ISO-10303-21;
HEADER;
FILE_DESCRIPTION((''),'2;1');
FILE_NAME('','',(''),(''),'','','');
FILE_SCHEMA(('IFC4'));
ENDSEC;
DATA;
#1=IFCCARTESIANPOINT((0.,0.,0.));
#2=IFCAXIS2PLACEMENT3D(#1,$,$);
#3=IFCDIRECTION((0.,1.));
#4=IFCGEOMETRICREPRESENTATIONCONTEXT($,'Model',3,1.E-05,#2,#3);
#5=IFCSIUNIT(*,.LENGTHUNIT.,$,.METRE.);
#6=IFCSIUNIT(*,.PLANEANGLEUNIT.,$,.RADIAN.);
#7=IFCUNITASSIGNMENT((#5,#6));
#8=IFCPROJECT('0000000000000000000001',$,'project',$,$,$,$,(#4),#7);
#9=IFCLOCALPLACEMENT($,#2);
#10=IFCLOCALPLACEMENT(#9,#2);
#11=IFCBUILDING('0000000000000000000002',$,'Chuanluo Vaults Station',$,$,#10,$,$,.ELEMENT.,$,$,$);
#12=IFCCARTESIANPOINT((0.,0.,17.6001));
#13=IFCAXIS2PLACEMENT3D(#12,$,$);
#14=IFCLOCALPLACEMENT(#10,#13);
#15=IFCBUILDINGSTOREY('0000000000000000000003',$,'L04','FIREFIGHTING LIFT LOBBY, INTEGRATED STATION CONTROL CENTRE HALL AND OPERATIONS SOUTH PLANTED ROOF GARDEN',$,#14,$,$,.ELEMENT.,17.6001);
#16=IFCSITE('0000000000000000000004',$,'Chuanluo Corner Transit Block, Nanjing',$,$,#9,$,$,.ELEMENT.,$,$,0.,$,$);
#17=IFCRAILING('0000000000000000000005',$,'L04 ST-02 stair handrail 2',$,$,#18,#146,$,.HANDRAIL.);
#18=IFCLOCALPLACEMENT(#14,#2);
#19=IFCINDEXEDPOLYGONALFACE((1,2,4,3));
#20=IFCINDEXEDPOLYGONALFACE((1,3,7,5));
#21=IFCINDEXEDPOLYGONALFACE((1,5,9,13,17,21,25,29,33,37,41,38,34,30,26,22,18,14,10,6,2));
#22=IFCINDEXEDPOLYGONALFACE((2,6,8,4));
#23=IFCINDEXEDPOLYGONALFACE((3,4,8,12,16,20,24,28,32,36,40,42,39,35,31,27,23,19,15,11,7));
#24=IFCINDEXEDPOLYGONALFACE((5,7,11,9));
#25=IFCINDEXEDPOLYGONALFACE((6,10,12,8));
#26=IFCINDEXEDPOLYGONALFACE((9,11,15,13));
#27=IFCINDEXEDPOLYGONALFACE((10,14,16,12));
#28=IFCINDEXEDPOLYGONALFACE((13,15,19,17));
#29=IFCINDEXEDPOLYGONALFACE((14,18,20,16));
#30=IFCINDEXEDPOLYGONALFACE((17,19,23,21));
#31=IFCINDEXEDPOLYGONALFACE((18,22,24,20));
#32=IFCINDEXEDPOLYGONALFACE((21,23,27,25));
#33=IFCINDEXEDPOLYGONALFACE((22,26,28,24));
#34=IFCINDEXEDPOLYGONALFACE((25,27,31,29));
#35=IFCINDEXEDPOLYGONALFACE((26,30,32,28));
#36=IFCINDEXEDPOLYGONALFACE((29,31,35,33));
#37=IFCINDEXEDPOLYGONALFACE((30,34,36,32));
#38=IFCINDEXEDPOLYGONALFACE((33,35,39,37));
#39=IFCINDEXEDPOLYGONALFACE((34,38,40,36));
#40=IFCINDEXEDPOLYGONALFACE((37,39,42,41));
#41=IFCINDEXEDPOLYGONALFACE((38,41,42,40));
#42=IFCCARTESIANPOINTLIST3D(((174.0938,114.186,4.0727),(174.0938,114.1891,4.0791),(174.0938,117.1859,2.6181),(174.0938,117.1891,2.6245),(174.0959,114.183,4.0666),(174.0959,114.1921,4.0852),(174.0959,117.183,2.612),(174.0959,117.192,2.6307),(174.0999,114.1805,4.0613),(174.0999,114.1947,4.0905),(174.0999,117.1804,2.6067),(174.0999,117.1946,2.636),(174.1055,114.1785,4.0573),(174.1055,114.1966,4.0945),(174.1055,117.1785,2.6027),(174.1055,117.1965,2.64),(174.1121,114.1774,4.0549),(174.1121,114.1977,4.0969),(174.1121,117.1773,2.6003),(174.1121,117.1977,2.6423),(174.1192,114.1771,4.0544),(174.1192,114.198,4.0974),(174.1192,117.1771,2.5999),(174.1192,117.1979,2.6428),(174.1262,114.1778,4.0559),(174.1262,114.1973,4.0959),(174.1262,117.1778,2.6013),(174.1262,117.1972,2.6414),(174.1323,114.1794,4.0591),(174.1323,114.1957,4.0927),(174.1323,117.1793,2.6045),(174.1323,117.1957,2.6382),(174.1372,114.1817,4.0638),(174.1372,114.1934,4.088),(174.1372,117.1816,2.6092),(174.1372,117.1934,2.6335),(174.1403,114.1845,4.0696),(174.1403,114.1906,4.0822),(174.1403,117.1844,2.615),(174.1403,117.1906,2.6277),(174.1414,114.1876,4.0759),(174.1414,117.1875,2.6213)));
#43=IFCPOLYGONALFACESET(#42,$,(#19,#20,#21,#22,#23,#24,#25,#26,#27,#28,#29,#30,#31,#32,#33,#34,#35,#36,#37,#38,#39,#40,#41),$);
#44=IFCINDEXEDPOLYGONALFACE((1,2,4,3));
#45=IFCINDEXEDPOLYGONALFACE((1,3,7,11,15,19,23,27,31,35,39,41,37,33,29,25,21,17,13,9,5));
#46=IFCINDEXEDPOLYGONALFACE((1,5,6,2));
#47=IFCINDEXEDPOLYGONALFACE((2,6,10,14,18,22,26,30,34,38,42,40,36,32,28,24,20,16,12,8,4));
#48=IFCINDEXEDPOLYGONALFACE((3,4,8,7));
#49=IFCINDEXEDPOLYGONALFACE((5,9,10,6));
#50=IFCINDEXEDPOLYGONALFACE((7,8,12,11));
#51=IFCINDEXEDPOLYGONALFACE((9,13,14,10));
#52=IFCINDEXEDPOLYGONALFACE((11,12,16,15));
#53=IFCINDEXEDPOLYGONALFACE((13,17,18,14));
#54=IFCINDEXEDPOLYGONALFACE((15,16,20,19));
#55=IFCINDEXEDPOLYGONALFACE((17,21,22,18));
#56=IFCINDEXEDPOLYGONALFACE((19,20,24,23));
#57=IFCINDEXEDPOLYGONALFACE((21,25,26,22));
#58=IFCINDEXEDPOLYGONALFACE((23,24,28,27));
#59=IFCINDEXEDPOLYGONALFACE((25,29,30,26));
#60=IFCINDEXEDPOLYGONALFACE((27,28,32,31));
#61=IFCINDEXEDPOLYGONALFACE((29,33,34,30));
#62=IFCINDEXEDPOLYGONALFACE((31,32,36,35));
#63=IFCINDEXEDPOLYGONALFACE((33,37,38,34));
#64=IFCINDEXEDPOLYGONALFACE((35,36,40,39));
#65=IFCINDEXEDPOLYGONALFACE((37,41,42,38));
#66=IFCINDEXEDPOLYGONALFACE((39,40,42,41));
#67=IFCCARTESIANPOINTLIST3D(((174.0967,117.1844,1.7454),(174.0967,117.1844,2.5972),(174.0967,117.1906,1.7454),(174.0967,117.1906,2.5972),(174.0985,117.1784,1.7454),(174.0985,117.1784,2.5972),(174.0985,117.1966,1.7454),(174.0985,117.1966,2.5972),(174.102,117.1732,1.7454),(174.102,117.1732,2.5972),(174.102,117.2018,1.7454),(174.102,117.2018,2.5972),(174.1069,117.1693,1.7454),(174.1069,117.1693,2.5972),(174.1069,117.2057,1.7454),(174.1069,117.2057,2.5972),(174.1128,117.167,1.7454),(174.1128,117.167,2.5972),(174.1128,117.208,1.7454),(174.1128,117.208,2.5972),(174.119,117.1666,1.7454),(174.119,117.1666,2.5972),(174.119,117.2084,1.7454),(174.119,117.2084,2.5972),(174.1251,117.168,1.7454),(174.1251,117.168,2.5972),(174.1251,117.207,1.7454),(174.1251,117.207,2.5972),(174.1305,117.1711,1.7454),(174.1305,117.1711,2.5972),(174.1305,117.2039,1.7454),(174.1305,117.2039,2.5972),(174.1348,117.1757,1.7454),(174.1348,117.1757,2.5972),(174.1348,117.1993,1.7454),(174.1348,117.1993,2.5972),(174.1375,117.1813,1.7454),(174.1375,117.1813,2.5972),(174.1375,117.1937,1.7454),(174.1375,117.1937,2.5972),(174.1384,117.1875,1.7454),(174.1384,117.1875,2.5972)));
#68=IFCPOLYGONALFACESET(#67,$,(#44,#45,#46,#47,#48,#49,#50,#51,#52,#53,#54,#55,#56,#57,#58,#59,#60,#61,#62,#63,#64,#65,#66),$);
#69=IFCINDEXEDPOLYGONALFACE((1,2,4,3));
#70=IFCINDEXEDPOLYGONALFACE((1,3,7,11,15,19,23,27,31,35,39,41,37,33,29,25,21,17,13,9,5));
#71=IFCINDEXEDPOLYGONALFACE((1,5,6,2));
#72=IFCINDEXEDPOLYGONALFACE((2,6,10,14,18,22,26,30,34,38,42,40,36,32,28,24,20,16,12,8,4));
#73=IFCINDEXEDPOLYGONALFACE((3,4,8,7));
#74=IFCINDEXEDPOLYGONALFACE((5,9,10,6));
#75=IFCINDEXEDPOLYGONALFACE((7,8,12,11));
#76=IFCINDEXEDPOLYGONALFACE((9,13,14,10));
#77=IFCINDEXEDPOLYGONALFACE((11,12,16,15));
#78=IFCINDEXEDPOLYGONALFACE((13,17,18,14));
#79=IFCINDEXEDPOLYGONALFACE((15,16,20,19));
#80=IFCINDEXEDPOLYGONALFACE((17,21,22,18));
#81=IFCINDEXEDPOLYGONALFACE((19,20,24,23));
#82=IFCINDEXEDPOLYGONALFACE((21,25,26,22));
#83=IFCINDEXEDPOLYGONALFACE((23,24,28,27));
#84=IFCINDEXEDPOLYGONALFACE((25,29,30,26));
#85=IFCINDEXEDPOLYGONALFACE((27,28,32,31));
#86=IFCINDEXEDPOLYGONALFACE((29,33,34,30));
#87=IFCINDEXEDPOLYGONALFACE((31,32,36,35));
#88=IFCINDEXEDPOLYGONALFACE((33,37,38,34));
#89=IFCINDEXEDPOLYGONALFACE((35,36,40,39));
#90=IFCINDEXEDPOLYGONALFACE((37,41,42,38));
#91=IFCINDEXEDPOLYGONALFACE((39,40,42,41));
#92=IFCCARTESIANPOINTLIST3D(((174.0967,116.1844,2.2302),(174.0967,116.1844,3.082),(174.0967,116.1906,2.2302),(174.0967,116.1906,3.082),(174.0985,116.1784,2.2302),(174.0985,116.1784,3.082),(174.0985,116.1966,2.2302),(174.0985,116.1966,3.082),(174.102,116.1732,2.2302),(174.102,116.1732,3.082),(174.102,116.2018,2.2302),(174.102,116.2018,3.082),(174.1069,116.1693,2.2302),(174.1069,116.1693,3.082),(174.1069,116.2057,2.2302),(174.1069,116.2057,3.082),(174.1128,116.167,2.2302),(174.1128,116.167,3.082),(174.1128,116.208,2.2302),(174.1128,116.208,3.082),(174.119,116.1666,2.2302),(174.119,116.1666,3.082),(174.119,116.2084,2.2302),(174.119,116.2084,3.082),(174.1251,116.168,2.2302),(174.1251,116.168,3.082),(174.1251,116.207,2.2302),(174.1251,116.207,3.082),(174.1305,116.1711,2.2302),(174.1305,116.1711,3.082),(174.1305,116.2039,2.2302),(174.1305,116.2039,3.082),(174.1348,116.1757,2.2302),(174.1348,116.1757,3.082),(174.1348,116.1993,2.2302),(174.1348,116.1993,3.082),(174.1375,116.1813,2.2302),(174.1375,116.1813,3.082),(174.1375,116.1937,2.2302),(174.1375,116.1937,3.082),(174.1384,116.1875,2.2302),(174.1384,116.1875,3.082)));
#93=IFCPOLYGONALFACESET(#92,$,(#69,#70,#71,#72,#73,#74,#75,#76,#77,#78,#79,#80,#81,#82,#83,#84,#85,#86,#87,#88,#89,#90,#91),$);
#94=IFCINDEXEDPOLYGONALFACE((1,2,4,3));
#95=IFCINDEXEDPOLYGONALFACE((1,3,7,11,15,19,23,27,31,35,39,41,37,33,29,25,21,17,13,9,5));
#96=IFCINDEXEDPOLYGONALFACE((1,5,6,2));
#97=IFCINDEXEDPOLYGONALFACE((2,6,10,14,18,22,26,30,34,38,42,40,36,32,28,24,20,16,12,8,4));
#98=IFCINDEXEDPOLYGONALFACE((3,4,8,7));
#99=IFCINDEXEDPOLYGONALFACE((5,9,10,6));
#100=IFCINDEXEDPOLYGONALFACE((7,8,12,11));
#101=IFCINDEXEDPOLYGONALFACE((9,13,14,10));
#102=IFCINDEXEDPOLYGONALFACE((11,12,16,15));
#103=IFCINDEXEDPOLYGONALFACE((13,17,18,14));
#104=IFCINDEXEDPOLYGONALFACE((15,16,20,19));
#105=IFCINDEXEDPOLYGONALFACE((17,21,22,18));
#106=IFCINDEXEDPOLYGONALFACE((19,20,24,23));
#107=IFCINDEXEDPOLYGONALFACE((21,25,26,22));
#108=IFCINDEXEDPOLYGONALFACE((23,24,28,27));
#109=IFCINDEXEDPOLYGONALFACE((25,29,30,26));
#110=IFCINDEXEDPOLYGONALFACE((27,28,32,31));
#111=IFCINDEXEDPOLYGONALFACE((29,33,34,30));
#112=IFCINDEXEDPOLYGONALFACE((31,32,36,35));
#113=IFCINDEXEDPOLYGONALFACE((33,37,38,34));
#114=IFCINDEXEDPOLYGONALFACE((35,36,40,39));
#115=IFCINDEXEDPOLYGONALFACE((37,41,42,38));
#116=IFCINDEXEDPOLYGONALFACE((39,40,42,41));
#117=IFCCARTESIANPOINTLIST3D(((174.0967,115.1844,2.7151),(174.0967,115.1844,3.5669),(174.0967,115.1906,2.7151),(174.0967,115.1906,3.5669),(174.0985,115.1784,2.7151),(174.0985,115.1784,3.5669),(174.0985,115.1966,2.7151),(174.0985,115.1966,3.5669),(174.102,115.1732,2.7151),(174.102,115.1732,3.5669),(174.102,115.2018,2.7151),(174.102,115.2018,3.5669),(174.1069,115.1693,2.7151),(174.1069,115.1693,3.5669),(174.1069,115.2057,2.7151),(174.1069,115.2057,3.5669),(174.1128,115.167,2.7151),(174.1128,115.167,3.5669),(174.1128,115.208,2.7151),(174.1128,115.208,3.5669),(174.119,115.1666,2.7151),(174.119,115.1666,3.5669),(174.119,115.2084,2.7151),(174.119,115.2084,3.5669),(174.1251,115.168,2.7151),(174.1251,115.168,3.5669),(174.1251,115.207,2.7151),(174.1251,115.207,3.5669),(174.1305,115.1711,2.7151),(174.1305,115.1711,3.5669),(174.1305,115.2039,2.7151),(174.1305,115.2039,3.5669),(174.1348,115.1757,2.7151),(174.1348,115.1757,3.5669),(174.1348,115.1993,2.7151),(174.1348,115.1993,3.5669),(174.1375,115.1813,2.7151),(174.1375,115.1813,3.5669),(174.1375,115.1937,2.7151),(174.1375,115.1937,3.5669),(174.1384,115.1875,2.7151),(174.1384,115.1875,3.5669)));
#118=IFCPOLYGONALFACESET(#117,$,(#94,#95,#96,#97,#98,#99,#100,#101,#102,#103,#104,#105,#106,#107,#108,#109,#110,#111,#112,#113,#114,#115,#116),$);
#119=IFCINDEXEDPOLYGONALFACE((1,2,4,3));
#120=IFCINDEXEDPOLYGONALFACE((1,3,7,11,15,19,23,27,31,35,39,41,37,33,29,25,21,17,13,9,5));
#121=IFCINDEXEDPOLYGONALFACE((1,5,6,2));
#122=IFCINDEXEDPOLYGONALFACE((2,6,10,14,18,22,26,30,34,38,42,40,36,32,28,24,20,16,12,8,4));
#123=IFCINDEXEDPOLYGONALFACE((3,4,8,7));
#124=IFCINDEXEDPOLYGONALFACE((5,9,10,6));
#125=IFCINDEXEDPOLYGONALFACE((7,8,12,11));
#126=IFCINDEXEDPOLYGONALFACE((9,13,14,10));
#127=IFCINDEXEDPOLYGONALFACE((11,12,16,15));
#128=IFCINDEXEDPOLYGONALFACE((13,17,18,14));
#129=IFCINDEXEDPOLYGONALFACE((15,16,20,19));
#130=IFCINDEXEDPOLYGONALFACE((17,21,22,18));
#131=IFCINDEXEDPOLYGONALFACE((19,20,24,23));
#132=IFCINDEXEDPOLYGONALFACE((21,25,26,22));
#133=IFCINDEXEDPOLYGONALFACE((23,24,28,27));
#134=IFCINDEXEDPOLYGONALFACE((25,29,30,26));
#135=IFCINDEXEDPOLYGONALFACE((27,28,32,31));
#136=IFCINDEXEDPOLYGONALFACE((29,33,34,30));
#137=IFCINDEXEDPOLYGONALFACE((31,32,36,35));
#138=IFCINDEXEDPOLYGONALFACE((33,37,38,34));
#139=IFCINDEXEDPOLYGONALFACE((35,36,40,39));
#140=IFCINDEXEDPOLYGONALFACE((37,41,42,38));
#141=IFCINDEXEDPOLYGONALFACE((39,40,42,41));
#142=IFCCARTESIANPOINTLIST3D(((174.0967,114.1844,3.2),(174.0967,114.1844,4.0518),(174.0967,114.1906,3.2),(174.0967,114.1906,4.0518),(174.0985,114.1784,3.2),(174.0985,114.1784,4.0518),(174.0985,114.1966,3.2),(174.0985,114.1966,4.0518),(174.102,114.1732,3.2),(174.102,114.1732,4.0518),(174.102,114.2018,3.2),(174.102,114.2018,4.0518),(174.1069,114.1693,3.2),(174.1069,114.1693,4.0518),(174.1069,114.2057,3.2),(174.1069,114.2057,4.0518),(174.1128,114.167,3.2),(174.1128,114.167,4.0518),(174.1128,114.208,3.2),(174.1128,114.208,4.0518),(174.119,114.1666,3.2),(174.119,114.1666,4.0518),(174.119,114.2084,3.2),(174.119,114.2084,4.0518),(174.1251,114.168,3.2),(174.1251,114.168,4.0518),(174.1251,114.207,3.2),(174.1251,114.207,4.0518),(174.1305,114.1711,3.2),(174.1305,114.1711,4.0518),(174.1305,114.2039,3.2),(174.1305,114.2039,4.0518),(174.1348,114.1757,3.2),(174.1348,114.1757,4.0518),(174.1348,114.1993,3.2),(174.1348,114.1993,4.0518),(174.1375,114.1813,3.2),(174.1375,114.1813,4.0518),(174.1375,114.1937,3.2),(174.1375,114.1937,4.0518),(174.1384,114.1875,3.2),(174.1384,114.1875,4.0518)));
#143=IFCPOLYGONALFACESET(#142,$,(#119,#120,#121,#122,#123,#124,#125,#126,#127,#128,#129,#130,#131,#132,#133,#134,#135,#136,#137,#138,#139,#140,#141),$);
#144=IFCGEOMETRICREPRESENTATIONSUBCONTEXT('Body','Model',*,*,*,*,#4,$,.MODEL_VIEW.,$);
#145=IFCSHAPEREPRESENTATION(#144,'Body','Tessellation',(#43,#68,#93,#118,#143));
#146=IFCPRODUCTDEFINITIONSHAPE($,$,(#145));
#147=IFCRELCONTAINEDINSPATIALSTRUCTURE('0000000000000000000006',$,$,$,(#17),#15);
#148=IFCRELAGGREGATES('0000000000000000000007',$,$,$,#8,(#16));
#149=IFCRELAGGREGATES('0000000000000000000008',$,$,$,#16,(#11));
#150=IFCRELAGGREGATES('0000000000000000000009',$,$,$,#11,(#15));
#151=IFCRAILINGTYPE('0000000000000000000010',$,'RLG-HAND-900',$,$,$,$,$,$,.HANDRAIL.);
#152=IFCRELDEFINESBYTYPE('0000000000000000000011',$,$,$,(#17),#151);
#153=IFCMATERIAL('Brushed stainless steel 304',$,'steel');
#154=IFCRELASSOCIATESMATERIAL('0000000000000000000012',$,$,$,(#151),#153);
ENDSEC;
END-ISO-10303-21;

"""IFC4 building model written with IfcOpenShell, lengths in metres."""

from ifc_helpers import new_model, si_unit, direction, frame, origin, origin_2d, place, context, subcontext, project, spatial, circle, extrude, material, type_object, element, save


model = new_model("IFC4")

# Units and contexts
model_context = context("Model", 3, precision=1e-05, world=origin(), true_north=direction((0.0, 1.0)))
body_context = subcontext(model_context, "Body", "Model", "MODEL_VIEW")
ifc_project = project(units=[si_unit("LENGTHUNIT", "METRE"), si_unit("PLANEANGLEUNIT", "RADIAN")], contexts=[model_context])

# Site, building, storey
site_placement = place(None, origin())
site = spatial("IfcSite", under=ifc_project, at=site_placement, Name="Chuanluo Corner Transit Block, Nanjing", CompositionType="ELEMENT", RefElevation=0.0)
building_placement = place(site_placement, origin())
building = spatial("IfcBuilding", under=site, at=building_placement, Name="Chuanluo Vaults Station", CompositionType="ELEMENT")
storey_placement = place(building_placement, frame((0.0, 0.0, 17.6001)))
storey = spatial("IfcBuildingStorey", under=building, at=storey_placement, Name="L04", Description="FIREFIGHTING LIFT LOBBY, INTEGRATED STATION CONTROL CENTRE HALL AND OPERATIONS SOUTH PLANTED ROOF GARDEN", CompositionType="ELEMENT", Elevation=17.6001)

# Railing
ifc_material_1 = material(Name="Brushed stainless steel 304", Category="steel")
railing_type_1 = type_object("IfcRailingType", Name="RLG-HAND-900", PredefinedType="HANDRAIL", material=ifc_material_1)
railing_1_placement = place(storey_placement, frame((174.1174, 117.1875, 1.7454)))
element("IfcRailing", 1, at=railing_1_placement, inside=storey, type_object=railing_type_1, Name="L04 ST-02 stair handrail 2", PredefinedType="HANDRAIL", context=body_context, shape_type="SweptSolid", body=[
    extrude(circle(Radius=0.0239, at=origin_2d()), frame((0.0, 0.0, 0.876), z_axis=(0.0, -0.899809, 0.436284), x_axis=(1.0, 0.0, 0.0)), (0.0, 0.0, 1.0), 3.334),
    extrude(circle(Radius=0.021, at=origin_2d()), origin(), (0.0, 0.0, 1.0), 0.8518),
    extrude(circle(Radius=0.021, at=origin_2d()), frame((0.0, -1.0, 0.4849)), (0.0, 0.0, 1.0), 0.8518),
    extrude(circle(Radius=0.021, at=origin_2d()), frame((0.0, -2.0, 0.9697)), (0.0, 0.0, 1.0), 0.8518),
    extrude(circle(Radius=0.021, at=origin_2d()), frame((0.0, -3.0, 1.4546)), (0.0, 0.0, 1.0), 0.8518),
])

save(model, "model.ifc")
